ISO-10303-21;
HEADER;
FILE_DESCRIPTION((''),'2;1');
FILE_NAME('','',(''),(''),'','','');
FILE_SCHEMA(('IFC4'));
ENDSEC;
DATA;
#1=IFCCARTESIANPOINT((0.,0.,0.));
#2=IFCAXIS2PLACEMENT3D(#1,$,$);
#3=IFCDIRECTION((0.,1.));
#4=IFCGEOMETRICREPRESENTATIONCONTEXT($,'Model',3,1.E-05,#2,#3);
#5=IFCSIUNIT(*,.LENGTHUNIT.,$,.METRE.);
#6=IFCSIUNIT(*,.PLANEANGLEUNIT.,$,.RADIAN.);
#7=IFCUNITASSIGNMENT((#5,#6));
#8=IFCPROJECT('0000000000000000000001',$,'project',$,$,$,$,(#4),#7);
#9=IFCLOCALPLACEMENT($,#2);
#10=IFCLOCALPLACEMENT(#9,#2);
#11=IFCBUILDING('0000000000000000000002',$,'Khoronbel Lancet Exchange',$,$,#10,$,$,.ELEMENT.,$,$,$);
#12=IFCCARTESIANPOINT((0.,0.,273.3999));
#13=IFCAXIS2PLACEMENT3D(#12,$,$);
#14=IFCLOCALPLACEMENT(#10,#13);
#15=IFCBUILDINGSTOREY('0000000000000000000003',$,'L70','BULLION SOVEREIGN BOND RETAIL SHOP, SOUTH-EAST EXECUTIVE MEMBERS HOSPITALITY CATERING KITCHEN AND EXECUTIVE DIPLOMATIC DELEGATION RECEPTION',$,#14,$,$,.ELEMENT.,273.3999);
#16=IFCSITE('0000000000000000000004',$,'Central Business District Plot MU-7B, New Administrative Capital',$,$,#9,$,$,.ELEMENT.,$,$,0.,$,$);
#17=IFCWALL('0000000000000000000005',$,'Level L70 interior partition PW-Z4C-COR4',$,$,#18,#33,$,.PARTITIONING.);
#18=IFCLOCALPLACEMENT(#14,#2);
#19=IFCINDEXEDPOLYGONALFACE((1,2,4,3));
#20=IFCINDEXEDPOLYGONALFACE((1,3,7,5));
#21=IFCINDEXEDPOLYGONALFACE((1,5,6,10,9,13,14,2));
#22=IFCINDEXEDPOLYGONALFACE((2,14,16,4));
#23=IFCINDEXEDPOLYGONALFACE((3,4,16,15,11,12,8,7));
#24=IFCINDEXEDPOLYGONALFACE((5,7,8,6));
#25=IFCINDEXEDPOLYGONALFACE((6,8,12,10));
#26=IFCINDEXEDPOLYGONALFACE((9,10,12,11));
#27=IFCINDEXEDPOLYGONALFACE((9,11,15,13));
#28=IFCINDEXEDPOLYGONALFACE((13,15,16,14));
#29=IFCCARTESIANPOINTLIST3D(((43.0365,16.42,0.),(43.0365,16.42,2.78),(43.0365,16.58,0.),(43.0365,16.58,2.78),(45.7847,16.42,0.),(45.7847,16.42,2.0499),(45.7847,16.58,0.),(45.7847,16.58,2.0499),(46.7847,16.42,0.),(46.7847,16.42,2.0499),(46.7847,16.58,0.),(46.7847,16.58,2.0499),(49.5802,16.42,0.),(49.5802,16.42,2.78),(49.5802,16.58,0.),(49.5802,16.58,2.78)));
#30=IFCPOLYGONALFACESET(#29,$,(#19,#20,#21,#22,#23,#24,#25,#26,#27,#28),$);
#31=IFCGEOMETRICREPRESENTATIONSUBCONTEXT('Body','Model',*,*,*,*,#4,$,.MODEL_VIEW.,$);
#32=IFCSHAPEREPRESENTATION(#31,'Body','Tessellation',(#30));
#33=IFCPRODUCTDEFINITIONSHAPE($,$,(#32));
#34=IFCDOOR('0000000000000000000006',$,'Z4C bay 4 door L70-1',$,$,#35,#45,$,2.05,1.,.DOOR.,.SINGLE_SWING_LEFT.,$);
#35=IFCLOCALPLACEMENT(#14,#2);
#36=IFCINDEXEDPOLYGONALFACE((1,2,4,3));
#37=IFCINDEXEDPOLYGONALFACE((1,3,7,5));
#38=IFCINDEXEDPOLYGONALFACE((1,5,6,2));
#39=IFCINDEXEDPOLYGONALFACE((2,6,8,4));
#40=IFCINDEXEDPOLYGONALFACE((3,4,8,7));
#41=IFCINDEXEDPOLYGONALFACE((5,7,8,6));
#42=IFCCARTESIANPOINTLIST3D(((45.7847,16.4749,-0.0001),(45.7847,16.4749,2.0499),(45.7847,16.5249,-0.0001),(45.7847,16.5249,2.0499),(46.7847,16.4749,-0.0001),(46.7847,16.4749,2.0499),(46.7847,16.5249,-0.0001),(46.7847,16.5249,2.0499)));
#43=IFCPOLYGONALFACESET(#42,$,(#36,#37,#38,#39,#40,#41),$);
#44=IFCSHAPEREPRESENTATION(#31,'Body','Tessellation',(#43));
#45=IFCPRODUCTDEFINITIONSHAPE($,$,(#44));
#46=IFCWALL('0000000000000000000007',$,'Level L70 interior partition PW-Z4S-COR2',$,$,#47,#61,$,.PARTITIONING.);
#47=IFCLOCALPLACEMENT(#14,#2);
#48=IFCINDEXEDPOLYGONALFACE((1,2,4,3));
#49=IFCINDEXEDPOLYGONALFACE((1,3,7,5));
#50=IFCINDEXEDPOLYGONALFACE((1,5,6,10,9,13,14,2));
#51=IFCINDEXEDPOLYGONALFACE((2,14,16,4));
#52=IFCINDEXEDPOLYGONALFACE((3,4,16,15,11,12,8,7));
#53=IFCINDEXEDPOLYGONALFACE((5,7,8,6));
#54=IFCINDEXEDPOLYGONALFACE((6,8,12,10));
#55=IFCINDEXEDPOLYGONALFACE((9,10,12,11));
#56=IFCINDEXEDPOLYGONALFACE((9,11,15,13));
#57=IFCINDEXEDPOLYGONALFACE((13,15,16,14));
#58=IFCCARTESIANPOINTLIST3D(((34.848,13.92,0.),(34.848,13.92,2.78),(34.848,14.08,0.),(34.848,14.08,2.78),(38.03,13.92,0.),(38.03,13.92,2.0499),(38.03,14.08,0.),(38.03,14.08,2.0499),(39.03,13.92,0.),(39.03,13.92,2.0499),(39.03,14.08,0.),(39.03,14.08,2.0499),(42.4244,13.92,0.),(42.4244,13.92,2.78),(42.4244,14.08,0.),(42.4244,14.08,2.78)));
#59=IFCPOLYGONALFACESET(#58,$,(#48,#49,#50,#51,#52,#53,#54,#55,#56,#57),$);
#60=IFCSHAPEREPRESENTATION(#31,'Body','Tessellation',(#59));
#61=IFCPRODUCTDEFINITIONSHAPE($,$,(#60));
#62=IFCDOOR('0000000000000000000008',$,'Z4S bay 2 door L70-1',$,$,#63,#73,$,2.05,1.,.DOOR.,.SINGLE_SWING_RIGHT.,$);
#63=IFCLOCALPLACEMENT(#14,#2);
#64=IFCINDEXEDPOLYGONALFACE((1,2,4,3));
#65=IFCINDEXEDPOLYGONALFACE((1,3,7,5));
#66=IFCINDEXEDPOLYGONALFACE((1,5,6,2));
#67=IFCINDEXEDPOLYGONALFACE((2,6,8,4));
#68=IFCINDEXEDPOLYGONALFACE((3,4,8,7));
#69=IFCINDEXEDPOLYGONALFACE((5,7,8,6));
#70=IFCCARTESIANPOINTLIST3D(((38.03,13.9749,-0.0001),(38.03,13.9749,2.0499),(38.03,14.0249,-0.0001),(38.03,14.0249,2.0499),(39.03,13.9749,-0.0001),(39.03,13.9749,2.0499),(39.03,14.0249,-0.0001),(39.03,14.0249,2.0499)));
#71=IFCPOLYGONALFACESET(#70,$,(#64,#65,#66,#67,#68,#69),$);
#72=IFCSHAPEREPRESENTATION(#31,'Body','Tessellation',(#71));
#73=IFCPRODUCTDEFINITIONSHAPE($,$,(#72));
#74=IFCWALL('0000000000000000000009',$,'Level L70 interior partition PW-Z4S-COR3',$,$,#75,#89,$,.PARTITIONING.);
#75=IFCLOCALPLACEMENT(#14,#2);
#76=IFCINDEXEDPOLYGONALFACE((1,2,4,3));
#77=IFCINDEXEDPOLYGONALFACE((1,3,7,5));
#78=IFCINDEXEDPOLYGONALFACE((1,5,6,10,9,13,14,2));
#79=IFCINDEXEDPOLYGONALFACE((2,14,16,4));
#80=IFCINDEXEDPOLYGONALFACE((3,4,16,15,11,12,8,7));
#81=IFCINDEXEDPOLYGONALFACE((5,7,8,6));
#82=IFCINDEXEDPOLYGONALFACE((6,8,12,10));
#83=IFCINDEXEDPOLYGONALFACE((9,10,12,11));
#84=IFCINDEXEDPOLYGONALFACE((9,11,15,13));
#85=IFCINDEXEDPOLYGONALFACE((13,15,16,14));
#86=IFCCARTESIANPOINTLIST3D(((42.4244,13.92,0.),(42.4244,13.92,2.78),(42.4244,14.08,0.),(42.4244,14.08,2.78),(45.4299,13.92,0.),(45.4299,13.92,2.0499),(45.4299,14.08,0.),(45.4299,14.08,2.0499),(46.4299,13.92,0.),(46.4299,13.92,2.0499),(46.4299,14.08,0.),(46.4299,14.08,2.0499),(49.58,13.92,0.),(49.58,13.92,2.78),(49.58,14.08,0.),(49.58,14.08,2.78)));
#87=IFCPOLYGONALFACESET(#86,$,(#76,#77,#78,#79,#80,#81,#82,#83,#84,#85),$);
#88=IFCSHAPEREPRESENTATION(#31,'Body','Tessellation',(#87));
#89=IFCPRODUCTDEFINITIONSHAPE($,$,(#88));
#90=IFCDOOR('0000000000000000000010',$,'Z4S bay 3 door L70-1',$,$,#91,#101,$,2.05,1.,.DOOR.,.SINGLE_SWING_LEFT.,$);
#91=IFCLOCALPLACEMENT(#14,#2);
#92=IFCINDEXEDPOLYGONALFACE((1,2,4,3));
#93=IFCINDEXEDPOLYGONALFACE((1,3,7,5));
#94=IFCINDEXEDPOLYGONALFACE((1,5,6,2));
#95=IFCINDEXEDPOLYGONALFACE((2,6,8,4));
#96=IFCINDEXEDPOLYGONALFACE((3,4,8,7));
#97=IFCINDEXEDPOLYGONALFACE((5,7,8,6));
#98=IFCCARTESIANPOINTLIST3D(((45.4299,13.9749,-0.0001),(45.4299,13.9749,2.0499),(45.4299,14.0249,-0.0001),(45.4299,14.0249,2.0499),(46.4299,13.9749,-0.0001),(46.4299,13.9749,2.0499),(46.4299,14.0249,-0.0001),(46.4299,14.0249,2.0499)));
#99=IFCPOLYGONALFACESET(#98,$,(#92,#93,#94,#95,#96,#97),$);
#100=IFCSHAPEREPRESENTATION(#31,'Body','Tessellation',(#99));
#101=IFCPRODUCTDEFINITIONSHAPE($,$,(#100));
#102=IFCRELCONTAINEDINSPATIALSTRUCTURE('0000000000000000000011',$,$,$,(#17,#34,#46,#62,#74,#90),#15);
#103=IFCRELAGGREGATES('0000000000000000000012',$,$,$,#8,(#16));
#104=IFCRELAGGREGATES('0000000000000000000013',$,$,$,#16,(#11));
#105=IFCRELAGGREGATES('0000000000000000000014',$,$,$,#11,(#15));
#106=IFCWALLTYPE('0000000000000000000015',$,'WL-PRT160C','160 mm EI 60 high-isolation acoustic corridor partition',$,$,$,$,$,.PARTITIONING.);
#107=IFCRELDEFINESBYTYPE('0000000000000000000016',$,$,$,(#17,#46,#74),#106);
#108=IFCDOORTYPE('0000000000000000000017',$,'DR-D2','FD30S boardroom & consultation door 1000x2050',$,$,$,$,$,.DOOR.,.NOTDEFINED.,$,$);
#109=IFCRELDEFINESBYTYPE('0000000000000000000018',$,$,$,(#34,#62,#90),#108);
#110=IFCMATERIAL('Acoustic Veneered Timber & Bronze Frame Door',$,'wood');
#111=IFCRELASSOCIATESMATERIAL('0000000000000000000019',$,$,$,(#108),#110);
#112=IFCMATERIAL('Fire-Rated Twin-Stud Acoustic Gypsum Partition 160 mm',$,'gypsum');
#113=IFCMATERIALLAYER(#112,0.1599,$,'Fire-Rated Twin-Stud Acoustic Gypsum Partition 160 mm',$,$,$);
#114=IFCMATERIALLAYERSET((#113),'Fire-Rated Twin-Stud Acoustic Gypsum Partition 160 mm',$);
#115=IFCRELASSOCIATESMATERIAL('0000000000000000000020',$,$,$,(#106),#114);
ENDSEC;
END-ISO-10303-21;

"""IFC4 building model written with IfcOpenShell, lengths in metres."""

from ifc_helpers import new_model, si_unit, direction, frame, frame_2d, origin, place, context, subcontext, project, spatial, rectangle, extrude, material, layer, layer_set, type_object, element, fill, save


model = new_model("IFC4")

# Units and contexts
model_context = context("Model", 3, precision=1e-05, world=origin(), true_north=direction((0.0, 1.0)))
body_context = subcontext(model_context, "Body", "Model", "MODEL_VIEW")
ifc_project = project(units=[si_unit("LENGTHUNIT", "METRE"), si_unit("PLANEANGLEUNIT", "RADIAN")], contexts=[model_context])

# Site, building, storey
site_placement = place(None, origin())
site = spatial("IfcSite", under=ifc_project, at=site_placement, Name="Central Business District Plot MU-7B, New Administrative Capital", CompositionType="ELEMENT", RefElevation=0.0)
building_placement = place(site_placement, origin())
building = spatial("IfcBuilding", under=site, at=building_placement, Name="Khoronbel Lancet Exchange", CompositionType="ELEMENT")
storey_placement = place(building_placement, frame((0.0, 0.0, 273.3999)))
storey = spatial("IfcBuildingStorey", under=building, at=storey_placement, Name="L70", Description="BULLION SOVEREIGN BOND RETAIL SHOP, SOUTH-EAST EXECUTIVE MEMBERS HOSPITALITY CATERING KITCHEN AND EXECUTIVE DIPLOMATIC DELEGATION RECEPTION", CompositionType="ELEMENT", Elevation=273.3999)

# Shared definitions
ifc_material_1 = material(Name="Acoustic Veneered Timber & Bronze Frame Door", Category="wood")
door_type_1 = type_object("IfcDoorType", Name="DR-D2", Description="FD30S boardroom & consultation door 1000x2050", OperationType="NOTDEFINED", PredefinedType="DOOR", material=ifc_material_1)

# Walls, openings, doors
ifc_material_2 = material(Name="Fire-Rated Twin-Stud Acoustic Gypsum Partition 160 mm", Category="gypsum")
ifc_layer_1 = layer(ifc_material_2, 0.1599, Name="Fire-Rated Twin-Stud Acoustic Gypsum Partition 160 mm")
ifc_layer_set_1 = layer_set([ifc_layer_1], Name="Fire-Rated Twin-Stud Acoustic Gypsum Partition 160 mm")
wall_type_1 = type_object("IfcWallType", Name="WL-PRT160C", Description="160 mm EI 60 high-isolation acoustic corridor partition", PredefinedType="PARTITIONING", material=ifc_layer_set_1)
wall_1_placement = place(storey_placement, frame((43.0364, 16.5, 0.0), z_axis=(0.0, 0.0, 1.0), x_axis=(1.0, 0.0, 0.0)))
wall_1 = element("IfcWall", 1, at=wall_1_placement, inside=storey, type_object=wall_type_1, Name="Level L70 interior partition PW-Z4C-COR4", PredefinedType="PARTITIONING", context=body_context, shape_type="SweptSolid", body=[
    extrude(rectangle(XDim=6.5437, YDim=0.1599, at=frame_2d((3.272, 0.0))), origin(), (0.0, 0.0, 1.0), 2.78),
])
opening_1_placement = place(wall_1_placement, frame((2.7483, 0.0, 0.0)))
opening_1 = element("IfcOpeningElement", 2, at=opening_1_placement, cuts=wall_1, PredefinedType="OPENING", context=body_context, shape_type="SweptSolid", body=[
    extrude(rectangle(XDim=1.0, YDim=2.05, at=frame_2d((0.5, 1.0249))), frame((0.0, 0.0898, 0.0), z_axis=(0.0, -1.0, 0.0), x_axis=(1.0, 0.0, 0.0)), (0.0, 0.0, 1.0), 0.1799),
])
door_1_placement = place(opening_1_placement, origin())
door_1 = element("IfcDoor", 3, at=door_1_placement, inside=storey, type_object=door_type_1, Name="Z4C bay 4 door L70-1", OperationType="SINGLE_SWING_LEFT", OverallHeight=2.05, OverallWidth=1.0, PredefinedType="DOOR", context=body_context, shape_type="SweptSolid", body=[
    extrude(rectangle(XDim=1.0, YDim=2.05, at=frame_2d((0.5, 1.0249))), frame((0.0, 0.0249, 0.0), z_axis=(0.0, -1.0, 0.0), x_axis=(1.0, 0.0, 0.0)), (0.0, 0.0, 1.0), 0.05),
])
fill(opening_1, door_1)
wall_2_placement = place(storey_placement, frame((34.8481, 14.0, 0.0), z_axis=(0.0, 0.0, 1.0), x_axis=(1.0, 0.0, 0.0)))
wall_2 = element("IfcWall", 4, at=wall_2_placement, inside=storey, type_object=wall_type_1, Name="Level L70 interior partition PW-Z4S-COR2", PredefinedType="PARTITIONING", context=body_context, shape_type="SweptSolid", body=[
    extrude(rectangle(XDim=7.5764, YDim=0.1599, at=frame_2d((3.7881, 0.0))), origin(), (0.0, 0.0, 1.0), 2.78),
])
opening_2_placement = place(wall_2_placement, frame((3.1819, 0.0, 0.0)))
opening_2 = element("IfcOpeningElement", 5, at=opening_2_placement, cuts=wall_2, PredefinedType="OPENING", context=body_context, shape_type="SweptSolid", body=[
    extrude(rectangle(XDim=1.0, YDim=2.05, at=frame_2d((0.5, 1.0249))), frame((0.0, 0.0898, 0.0), z_axis=(0.0, -1.0, 0.0), x_axis=(1.0, 0.0, 0.0)), (0.0, 0.0, 1.0), 0.1799),
])
door_2_placement = place(opening_2_placement, origin())
door_2 = element("IfcDoor", 6, at=door_2_placement, inside=storey, type_object=door_type_1, Name="Z4S bay 2 door L70-1", OperationType="SINGLE_SWING_RIGHT", OverallHeight=2.05, OverallWidth=1.0, PredefinedType="DOOR", context=body_context, shape_type="SweptSolid", body=[
    extrude(rectangle(XDim=1.0, YDim=2.05, at=frame_2d((0.5, 1.0249))), frame((0.0, 0.0249, 0.0), z_axis=(0.0, -1.0, 0.0), x_axis=(1.0, 0.0, 0.0)), (0.0, 0.0, 1.0), 0.05),
])
fill(opening_2, door_2)
wall_3_placement = place(storey_placement, frame((42.4246, 14.0, 0.0), z_axis=(0.0, 0.0, 1.0), x_axis=(1.0, 0.0, 0.0)))
wall_3 = element("IfcWall", 7, at=wall_3_placement, inside=storey, type_object=wall_type_1, Name="Level L70 interior partition PW-Z4S-COR3", PredefinedType="PARTITIONING", context=body_context, shape_type="SweptSolid", body=[
    extrude(rectangle(XDim=7.1555, YDim=0.1599, at=frame_2d((3.5776, 0.0))), origin(), (0.0, 0.0, 1.0), 2.78),
])
opening_3_placement = place(wall_3_placement, frame((3.0054, 0.0, 0.0)))
opening_3 = element("IfcOpeningElement", 8, at=opening_3_placement, cuts=wall_3, PredefinedType="OPENING", context=body_context, shape_type="SweptSolid", body=[
    extrude(rectangle(XDim=1.0, YDim=2.05, at=frame_2d((0.5, 1.0249))), frame((0.0, 0.0898, 0.0), z_axis=(0.0, -1.0, 0.0), x_axis=(1.0, 0.0, 0.0)), (0.0, 0.0, 1.0), 0.1799),
])
door_3_placement = place(opening_3_placement, origin())
door_3 = element("IfcDoor", 9, at=door_3_placement, inside=storey, type_object=door_type_1, Name="Z4S bay 3 door L70-1", OperationType="SINGLE_SWING_LEFT", OverallHeight=2.05, OverallWidth=1.0, PredefinedType="DOOR", context=body_context, shape_type="SweptSolid", body=[
    extrude(rectangle(XDim=1.0, YDim=2.05, at=frame_2d((0.5, 1.0249))), frame((0.0, 0.0249, 0.0), z_axis=(0.0, -1.0, 0.0), x_axis=(1.0, 0.0, 0.0)), (0.0, 0.0, 1.0), 0.05),
])
fill(opening_3, door_3)

save(model, "model.ifc")
